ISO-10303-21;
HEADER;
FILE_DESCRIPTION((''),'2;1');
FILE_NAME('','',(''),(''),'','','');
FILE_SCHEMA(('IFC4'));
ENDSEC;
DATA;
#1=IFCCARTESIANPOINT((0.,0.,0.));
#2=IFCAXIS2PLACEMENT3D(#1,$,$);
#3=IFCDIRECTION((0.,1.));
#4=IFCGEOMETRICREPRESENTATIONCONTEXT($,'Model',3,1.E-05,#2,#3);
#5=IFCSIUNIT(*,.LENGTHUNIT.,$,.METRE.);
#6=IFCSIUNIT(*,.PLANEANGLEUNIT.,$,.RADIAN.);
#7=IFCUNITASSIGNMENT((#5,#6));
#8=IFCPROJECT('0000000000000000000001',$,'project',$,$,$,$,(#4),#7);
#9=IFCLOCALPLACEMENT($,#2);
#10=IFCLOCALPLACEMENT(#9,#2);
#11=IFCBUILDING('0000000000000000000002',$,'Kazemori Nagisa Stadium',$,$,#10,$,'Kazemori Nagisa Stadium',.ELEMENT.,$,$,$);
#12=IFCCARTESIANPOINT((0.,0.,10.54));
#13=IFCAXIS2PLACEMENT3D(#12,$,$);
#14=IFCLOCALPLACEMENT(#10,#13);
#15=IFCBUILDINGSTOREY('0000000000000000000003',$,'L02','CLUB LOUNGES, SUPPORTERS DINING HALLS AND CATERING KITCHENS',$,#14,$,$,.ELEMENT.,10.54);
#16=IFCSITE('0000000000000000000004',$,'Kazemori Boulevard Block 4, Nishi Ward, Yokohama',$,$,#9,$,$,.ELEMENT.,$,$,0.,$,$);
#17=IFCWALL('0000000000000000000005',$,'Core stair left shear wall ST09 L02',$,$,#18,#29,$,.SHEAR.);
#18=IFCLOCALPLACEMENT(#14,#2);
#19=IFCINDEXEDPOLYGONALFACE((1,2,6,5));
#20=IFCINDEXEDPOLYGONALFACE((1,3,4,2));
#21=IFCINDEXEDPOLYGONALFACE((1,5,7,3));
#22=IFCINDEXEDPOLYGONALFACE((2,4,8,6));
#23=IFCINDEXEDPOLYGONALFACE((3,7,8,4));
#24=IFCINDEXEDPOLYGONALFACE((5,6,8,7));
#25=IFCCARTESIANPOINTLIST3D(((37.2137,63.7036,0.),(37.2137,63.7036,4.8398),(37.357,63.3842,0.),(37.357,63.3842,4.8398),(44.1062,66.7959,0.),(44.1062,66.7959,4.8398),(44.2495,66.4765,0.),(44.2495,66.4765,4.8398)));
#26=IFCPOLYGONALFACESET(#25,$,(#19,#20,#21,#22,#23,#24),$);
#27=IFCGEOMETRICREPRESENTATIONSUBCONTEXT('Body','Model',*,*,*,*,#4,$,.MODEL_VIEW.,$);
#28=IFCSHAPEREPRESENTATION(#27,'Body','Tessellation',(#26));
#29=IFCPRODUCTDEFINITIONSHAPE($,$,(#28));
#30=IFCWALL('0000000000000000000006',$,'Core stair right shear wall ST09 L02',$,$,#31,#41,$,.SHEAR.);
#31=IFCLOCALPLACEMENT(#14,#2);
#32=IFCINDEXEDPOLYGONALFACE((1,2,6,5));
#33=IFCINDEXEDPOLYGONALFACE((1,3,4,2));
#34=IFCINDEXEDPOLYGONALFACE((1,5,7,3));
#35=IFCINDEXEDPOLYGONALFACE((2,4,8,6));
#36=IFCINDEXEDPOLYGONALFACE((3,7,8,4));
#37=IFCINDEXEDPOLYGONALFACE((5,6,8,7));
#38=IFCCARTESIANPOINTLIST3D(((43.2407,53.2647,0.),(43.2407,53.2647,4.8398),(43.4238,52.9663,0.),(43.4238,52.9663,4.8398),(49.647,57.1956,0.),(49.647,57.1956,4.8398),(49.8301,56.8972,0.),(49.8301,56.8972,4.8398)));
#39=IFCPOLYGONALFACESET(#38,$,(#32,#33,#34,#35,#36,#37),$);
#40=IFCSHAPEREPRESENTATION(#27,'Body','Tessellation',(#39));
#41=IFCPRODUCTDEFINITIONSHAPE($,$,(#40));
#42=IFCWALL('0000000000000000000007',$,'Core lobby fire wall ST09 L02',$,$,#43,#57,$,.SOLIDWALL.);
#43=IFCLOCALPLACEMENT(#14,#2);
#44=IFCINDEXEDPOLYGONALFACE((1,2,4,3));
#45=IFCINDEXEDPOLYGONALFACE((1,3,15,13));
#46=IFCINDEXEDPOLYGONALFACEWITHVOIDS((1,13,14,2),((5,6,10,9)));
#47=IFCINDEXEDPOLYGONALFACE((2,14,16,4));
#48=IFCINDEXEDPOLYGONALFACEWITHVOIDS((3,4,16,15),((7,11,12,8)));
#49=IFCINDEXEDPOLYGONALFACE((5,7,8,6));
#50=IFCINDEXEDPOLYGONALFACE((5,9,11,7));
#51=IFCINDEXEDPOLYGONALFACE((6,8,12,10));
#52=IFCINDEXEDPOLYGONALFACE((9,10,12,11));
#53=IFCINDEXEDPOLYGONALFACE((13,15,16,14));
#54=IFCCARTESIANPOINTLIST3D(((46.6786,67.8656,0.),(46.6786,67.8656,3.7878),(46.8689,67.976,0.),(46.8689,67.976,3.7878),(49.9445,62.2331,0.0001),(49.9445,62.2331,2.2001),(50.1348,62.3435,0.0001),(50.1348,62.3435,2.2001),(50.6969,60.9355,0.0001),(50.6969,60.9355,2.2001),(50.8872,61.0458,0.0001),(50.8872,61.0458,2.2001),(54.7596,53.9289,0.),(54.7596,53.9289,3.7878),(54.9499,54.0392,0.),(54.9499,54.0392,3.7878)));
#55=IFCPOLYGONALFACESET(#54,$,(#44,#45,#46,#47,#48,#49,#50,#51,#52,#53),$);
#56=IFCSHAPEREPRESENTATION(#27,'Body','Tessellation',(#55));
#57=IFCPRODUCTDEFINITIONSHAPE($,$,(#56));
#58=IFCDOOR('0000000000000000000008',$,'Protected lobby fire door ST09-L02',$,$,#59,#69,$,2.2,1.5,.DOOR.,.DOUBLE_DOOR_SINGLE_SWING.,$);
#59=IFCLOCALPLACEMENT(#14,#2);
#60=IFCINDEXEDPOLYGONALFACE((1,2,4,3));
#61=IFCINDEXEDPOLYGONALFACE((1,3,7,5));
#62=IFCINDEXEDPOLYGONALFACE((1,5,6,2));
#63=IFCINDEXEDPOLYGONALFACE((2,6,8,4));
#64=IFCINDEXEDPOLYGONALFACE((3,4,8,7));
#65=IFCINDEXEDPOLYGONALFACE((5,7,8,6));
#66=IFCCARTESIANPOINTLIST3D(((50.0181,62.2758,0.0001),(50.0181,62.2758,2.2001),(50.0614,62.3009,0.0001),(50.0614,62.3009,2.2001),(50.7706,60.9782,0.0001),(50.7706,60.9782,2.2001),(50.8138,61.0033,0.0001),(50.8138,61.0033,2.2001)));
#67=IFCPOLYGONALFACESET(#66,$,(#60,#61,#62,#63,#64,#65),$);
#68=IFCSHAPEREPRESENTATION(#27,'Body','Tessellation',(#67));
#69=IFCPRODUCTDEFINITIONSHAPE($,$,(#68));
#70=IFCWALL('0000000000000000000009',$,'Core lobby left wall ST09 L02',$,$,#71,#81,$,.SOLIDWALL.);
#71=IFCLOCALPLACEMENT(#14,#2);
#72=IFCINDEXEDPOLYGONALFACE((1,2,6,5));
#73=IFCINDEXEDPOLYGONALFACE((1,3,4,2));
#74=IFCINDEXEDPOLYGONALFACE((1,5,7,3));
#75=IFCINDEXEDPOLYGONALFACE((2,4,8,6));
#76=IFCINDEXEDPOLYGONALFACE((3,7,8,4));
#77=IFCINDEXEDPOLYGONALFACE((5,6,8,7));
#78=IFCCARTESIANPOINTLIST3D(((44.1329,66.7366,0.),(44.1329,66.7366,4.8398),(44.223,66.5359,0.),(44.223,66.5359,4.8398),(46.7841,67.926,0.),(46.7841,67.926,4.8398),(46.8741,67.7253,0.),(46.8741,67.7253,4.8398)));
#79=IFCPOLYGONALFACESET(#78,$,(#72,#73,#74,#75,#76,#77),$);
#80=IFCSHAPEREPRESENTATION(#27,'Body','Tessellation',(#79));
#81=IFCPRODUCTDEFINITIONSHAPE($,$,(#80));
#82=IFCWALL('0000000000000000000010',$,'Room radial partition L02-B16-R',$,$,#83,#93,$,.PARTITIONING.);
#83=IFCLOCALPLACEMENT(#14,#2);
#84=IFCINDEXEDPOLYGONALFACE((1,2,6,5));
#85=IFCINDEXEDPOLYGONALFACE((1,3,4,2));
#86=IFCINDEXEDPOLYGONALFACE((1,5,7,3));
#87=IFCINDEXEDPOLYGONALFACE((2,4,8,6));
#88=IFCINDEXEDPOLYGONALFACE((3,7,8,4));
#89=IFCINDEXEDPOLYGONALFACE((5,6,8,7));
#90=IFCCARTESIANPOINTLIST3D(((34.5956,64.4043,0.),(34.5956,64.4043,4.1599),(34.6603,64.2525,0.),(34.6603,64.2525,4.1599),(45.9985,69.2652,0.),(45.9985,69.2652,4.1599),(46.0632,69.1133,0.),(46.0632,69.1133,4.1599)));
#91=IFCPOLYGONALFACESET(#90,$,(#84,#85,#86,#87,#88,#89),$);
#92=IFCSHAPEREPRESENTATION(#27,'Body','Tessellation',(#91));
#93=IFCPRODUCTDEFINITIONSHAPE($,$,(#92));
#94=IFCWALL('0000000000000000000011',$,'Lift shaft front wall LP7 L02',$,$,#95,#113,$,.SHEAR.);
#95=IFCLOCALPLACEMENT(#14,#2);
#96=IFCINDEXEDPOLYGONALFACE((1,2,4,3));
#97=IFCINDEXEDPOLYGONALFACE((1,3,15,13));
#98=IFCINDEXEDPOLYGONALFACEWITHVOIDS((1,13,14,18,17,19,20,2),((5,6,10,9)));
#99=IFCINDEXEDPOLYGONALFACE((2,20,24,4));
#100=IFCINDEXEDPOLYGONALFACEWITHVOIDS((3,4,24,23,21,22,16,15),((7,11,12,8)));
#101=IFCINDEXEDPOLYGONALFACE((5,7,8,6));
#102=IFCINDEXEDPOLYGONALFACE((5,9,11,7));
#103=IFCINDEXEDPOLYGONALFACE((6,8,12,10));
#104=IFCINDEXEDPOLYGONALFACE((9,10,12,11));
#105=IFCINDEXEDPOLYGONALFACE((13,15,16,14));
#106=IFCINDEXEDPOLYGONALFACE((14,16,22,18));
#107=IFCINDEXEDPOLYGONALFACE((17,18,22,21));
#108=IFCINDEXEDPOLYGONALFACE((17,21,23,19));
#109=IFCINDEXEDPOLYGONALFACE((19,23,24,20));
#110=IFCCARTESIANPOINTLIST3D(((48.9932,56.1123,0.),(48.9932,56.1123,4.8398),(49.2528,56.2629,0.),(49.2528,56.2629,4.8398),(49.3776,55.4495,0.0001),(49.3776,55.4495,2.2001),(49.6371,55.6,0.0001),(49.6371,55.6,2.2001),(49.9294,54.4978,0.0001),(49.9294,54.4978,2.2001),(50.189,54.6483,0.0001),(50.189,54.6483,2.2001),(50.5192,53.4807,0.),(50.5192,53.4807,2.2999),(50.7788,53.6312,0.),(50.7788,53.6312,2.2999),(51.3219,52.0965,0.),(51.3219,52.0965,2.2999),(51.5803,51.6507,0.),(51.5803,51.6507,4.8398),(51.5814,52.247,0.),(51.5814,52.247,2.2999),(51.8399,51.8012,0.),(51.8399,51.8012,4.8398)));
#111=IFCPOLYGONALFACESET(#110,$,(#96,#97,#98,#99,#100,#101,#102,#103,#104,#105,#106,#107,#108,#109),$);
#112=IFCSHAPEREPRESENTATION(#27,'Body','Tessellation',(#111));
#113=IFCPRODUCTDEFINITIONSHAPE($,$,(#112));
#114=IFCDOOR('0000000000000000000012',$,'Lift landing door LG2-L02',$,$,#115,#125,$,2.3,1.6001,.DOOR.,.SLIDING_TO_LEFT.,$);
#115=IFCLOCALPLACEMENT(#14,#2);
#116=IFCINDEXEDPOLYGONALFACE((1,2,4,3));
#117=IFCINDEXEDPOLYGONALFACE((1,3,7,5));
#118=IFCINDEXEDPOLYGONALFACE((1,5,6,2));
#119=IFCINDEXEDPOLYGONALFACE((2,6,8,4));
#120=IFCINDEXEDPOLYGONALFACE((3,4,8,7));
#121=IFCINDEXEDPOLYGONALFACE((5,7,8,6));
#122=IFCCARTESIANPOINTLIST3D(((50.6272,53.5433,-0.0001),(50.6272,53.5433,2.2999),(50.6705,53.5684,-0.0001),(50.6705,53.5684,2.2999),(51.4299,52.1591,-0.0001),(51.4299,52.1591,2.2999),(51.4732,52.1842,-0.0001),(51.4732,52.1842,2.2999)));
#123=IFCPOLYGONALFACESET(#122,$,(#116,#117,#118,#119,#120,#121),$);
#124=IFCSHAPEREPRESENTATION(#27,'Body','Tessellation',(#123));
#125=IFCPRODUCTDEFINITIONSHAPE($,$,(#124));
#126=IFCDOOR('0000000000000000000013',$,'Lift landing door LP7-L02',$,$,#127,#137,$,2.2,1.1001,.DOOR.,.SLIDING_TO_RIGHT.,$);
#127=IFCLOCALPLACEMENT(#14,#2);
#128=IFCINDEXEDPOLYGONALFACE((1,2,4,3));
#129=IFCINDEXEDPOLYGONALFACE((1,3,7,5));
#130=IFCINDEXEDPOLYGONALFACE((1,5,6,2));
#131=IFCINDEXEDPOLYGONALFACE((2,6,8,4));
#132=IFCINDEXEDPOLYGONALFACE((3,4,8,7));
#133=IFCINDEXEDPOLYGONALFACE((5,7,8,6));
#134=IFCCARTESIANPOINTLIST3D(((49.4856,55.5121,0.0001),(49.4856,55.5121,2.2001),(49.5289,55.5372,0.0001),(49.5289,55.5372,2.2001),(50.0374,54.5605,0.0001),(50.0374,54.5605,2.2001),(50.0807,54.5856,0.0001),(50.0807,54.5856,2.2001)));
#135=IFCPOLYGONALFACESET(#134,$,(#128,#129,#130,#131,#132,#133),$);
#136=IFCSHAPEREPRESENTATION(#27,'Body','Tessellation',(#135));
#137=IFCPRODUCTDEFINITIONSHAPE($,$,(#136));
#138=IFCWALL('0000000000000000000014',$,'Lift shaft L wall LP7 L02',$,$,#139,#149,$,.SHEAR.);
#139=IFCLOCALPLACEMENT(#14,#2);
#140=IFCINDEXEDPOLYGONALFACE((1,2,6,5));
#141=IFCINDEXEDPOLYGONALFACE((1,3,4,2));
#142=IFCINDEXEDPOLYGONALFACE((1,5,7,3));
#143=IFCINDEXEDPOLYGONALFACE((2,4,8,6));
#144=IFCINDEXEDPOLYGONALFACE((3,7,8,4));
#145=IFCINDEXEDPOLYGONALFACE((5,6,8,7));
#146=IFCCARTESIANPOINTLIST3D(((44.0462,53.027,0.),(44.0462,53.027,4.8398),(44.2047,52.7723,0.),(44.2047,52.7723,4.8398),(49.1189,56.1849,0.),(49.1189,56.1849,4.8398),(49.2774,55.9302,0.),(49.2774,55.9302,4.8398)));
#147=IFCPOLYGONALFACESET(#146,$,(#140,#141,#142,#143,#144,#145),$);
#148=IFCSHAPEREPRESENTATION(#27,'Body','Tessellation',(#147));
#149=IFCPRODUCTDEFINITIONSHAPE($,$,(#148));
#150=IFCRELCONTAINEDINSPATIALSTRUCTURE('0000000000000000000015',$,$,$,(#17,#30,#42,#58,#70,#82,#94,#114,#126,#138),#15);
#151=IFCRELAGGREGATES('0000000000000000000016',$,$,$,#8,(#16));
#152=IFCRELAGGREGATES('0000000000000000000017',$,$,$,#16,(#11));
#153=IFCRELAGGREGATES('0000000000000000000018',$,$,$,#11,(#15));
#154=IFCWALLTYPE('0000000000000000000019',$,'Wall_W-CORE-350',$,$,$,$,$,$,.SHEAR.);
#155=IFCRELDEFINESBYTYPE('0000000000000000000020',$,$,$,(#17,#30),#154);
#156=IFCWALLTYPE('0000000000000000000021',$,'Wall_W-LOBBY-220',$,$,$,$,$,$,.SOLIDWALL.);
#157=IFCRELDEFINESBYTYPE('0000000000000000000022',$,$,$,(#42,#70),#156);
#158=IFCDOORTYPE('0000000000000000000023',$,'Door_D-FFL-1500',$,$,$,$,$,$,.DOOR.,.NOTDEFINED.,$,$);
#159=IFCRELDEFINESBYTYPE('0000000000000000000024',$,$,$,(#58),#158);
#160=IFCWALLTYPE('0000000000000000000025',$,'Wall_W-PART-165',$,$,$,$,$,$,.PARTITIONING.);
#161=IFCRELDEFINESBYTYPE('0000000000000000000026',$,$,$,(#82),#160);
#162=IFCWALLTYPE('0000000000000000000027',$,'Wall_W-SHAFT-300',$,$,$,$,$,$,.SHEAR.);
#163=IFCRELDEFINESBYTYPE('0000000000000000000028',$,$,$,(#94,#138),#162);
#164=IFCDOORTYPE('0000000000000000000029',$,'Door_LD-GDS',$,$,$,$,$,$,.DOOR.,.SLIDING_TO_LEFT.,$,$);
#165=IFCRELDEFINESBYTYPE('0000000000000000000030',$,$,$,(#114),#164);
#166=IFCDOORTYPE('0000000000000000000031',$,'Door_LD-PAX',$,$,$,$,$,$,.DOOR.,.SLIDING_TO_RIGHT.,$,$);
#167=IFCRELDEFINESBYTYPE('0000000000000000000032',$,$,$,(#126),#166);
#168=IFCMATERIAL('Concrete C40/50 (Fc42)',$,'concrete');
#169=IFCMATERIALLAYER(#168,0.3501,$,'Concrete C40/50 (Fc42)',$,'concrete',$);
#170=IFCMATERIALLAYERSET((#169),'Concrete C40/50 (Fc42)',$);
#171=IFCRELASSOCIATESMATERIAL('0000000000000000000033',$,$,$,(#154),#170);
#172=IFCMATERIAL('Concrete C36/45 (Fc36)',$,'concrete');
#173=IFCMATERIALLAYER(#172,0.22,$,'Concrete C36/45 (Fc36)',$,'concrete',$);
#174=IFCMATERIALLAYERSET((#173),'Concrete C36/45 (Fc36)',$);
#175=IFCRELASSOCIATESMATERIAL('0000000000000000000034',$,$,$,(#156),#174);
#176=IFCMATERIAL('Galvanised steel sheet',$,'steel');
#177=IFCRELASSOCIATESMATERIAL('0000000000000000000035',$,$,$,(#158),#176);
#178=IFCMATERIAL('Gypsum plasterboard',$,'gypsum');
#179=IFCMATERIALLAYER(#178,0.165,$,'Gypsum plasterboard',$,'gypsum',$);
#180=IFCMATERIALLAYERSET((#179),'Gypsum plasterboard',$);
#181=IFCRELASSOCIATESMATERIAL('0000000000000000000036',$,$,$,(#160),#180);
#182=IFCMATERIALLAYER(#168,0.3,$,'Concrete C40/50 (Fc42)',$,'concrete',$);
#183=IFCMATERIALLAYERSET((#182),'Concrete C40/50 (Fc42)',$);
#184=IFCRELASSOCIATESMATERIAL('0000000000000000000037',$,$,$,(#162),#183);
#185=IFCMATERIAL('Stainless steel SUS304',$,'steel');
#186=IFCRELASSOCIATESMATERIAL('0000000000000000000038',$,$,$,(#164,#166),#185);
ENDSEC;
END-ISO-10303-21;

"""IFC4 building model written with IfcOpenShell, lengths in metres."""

from ifc_helpers import new_model, si_unit, direction, frame, frame_2d, origin, place, context, subcontext, project, spatial, rectangle, extrude, material, layer, layer_set, type_object, element, fill, save


model = new_model("IFC4")

# Units and contexts
model_context = context("Model", 3, precision=1e-05, world=origin(), true_north=direction((0.0, 1.0)))
body_context = subcontext(model_context, "Body", "Model", "MODEL_VIEW")
ifc_project = project(units=[si_unit("LENGTHUNIT", "METRE"), si_unit("PLANEANGLEUNIT", "RADIAN")], contexts=[model_context])

# Site, building, storey
site_placement = place(None, origin())
site = spatial("IfcSite", under=ifc_project, at=site_placement, Name="Kazemori Boulevard Block 4, Nishi Ward, Yokohama", CompositionType="ELEMENT", RefElevation=0.0)
building_placement = place(site_placement, origin())
building = spatial("IfcBuilding", under=site, at=building_placement, Name="Kazemori Nagisa Stadium", LongName="Kazemori Nagisa Stadium", CompositionType="ELEMENT")
storey_placement = place(building_placement, frame((0.0, 0.0, 10.54)))
storey = spatial("IfcBuildingStorey", under=building, at=storey_placement, Name="L02", Description="CLUB LOUNGES, SUPPORTERS DINING HALLS AND CATERING KITCHENS", CompositionType="ELEMENT", Elevation=10.54)

# Shared definitions
ifc_material_1 = material(Name="Concrete C40/50 (Fc42)", Category="concrete")

# Shared definitions
ifc_layer_1 = layer(ifc_material_1, 0.3501, Name="Concrete C40/50 (Fc42)", Category="concrete")
ifc_layer_set_1 = layer_set([ifc_layer_1], Name="Concrete C40/50 (Fc42)")
wall_type_1 = type_object("IfcWallType", Name="Wall_W-CORE-350", PredefinedType="SHEAR", material=ifc_layer_set_1)
ifc_material_2 = material(Name="Galvanised steel sheet", Category="steel")

# Walls
wall_1_placement = place(storey_placement, frame((44.178, 66.6362, 0.0), z_axis=(0.0, 0.0, 1.0), x_axis=(-0.912385, -0.409332, 0.0)))
element("IfcWall", 1, at=wall_1_placement, inside=storey, type_object=wall_type_1, Name="Core stair left shear wall ST09 L02", PredefinedType="SHEAR", context=body_context, shape_type="SweptSolid", body=[
    extrude(rectangle(XDim=7.5544, YDim=0.3501, at=frame_2d((3.7773, 0.0))), origin(), (0.0, 0.0, 1.0), 4.8398),
])
wall_2_placement = place(storey_placement, frame((49.7385, 57.0464, 0.0), z_axis=(0.0, 0.0, 1.0), x_axis=(-0.852335, -0.522997, 0.0)))
element("IfcWall", 2, at=wall_2_placement, inside=storey, type_object=wall_type_1, Name="Core stair right shear wall ST09 L02", PredefinedType="SHEAR", context=body_context, shape_type="SweptSolid", body=[
    extrude(rectangle(XDim=7.5161, YDim=0.3501, at=frame_2d((3.7581, 0.0))), origin(), (0.0, 0.0, 1.0), 4.8398),
])

# Wall, opening, door
ifc_material_3 = material(Name="Concrete C36/45 (Fc36)", Category="concrete")
ifc_layer_2 = layer(ifc_material_3, 0.22, Name="Concrete C36/45 (Fc36)", Category="concrete")
ifc_layer_set_2 = layer_set([ifc_layer_2], Name="Concrete C36/45 (Fc36)")
wall_type_2 = type_object("IfcWallType", Name="Wall_W-LOBBY-220", PredefinedType="SOLIDWALL", material=ifc_layer_set_2)
wall_3_placement = place(storey_placement, frame((46.7737, 67.9209, 0.0), z_axis=(0.0, 0.0, 1.0), x_axis=(0.501613, -0.865092, 0.0)))
wall_3 = element("IfcWall", 3, at=wall_3_placement, inside=storey, type_object=wall_type_2, Name="Core lobby fire wall ST09 L02", PredefinedType="SOLIDWALL", context=body_context, shape_type="SweptSolid", body=[
    extrude(rectangle(XDim=16.1101, YDim=0.22, at=frame_2d((8.0552, 0.0))), origin(), (0.0, 0.0, 1.0), 3.7878),
])
opening_1_placement = place(wall_3_placement, frame((6.511, 0.0, 0.0)))
opening_1 = element("IfcOpeningElement", 4, at=opening_1_placement, cuts=wall_3, PredefinedType="OPENING", context=body_context, shape_type="SweptSolid", body=[
    extrude(rectangle(XDim=1.5, YDim=2.2, at=frame_2d((0.75, 1.1001))), frame((0.0, 0.1199, 0.0), z_axis=(0.0, -1.0, 0.0), x_axis=(1.0, 0.0, 0.0)), (0.0, 0.0, 1.0), 0.24),
])
door_type_1 = type_object("IfcDoorType", Name="Door_D-FFL-1500", OperationType="NOTDEFINED", PredefinedType="DOOR", material=ifc_material_2)
door_1_placement = place(opening_1_placement, frame((1.5, 0.0, 0.0), z_axis=(0.0, 0.0, 1.0), x_axis=(-1.0, 0.0, 0.0)))
door_1 = element("IfcDoor", 5, at=door_1_placement, inside=storey, type_object=door_type_1, Name="Protected lobby fire door ST09-L02", OperationType="DOUBLE_DOOR_SINGLE_SWING", OverallHeight=2.2, OverallWidth=1.5, PredefinedType="DOOR", context=body_context, shape_type="SweptSolid", body=[
    extrude(rectangle(XDim=1.5, YDim=2.2, at=frame_2d((0.75, 1.1001))), frame((0.0, 0.0249, 0.0), z_axis=(0.0, -1.0, 0.0), x_axis=(1.0, 0.0, 0.0)), (0.0, 0.0, 1.0), 0.05),
])
fill(opening_1, door_1)

# Walls
wall_4_placement = place(storey_placement, frame((46.8291, 67.8257, 0.0), z_axis=(0.0, 0.0, 1.0), x_axis=(-0.912378, -0.409348, 0.0)))
element("IfcWall", 6, at=wall_4_placement, inside=storey, type_object=wall_type_2, Name="Core lobby left wall ST09 L02", PredefinedType="SOLIDWALL", context=body_context, shape_type="SweptSolid", body=[
    extrude(rectangle(XDim=2.9058, YDim=0.22, at=frame_2d((1.4529, 0.0))), origin(), (0.0, 0.0, 1.0), 4.8398),
])
ifc_material_4 = material(Name="Gypsum plasterboard", Category="gypsum")
ifc_layer_3 = layer(ifc_material_4, 0.165, Name="Gypsum plasterboard", Category="gypsum")
ifc_layer_set_3 = layer_set([ifc_layer_3], Name="Gypsum plasterboard")
wall_type_3 = type_object("IfcWallType", Name="Wall_W-PART-165", PredefinedType="PARTITIONING", material=ifc_layer_set_3)
wall_5_placement = place(storey_placement, frame((46.0308, 69.1892, 0.0), z_axis=(0.0, 0.0, 1.0), x_axis=(-0.919905, -0.392141, 0.0)))
element("IfcWall", 7, at=wall_5_placement, inside=storey, type_object=wall_type_3, Name="Room radial partition L02-B16-R", PredefinedType="PARTITIONING", context=body_context, shape_type="SweptSolid", body=[
    extrude(rectangle(XDim=12.3958, YDim=0.165, at=frame_2d((6.1978, 0.0))), origin(), (0.0, 0.0, 1.0), 4.1599),
])

# Wall, openings, doors
ifc_layer_4 = layer(ifc_material_1, 0.3, Name="Concrete C40/50 (Fc42)", Category="concrete")
ifc_layer_set_4 = layer_set([ifc_layer_4], Name="Concrete C40/50 (Fc42)")
wall_type_4 = type_object("IfcWallType", Name="Wall_W-SHAFT-300", PredefinedType="SHEAR", material=ifc_layer_set_4)
wall_6_placement = place(storey_placement, frame((49.123, 56.1875, 0.0), z_axis=(0.0, 0.0, 1.0), x_axis=(0.50163, -0.865083, 0.0)))
wall_6 = element("IfcWall", 8, at=wall_6_placement, inside=storey, type_object=wall_type_4, Name="Lift shaft front wall LP7 L02", PredefinedType="SHEAR", context=body_context, shape_type="SweptSolid", body=[
    extrude(rectangle(XDim=5.1575, YDim=0.3, at=frame_2d((2.5786, 0.0))), origin(), (0.0, 0.0, 1.0), 4.8398),
])
opening_2_placement = place(wall_6_placement, frame((0.7661, 0.0, 0.0)))
opening_2 = element("IfcOpeningElement", 9, at=opening_2_placement, cuts=wall_6, PredefinedType="OPENING", context=body_context, shape_type="SweptSolid", body=[
    extrude(rectangle(XDim=1.1001, YDim=2.2, at=frame_2d((0.55, 1.1001))), frame((0.0, 0.1599, 0.0), z_axis=(0.0, -1.0, 0.0), x_axis=(1.0, 0.0, 0.0)), (0.0, 0.0, 1.0), 0.3201),
])
opening_3_placement = place(wall_6_placement, frame((3.042, 0.0, 0.0)))
opening_3 = element("IfcOpeningElement", 10, at=opening_3_placement, cuts=wall_6, PredefinedType="OPENING", context=body_context, shape_type="SweptSolid", body=[
    extrude(rectangle(XDim=1.6001, YDim=2.3, at=frame_2d((0.8, 1.1499))), frame((0.0, 0.1599, 0.0), z_axis=(0.0, -1.0, 0.0), x_axis=(1.0, 0.0, 0.0)), (0.0, 0.0, 1.0), 0.3201),
])
ifc_material_5 = material(Name="Stainless steel SUS304", Category="steel")
door_type_2 = type_object("IfcDoorType", Name="Door_LD-GDS", OperationType="SLIDING_TO_LEFT", PredefinedType="DOOR", material=ifc_material_5)
door_2_placement = place(opening_3_placement, origin())
door_2 = element("IfcDoor", 11, at=door_2_placement, inside=storey, type_object=door_type_2, Name="Lift landing door LG2-L02", OperationType="SLIDING_TO_LEFT", OverallHeight=2.3, OverallWidth=1.6001, PredefinedType="DOOR", context=body_context, shape_type="SweptSolid", body=[
    extrude(rectangle(XDim=1.6001, YDim=2.3, at=frame_2d((0.8, 1.1499))), frame((0.0, 0.0249, 0.0), z_axis=(0.0, -1.0, 0.0), x_axis=(1.0, 0.0, 0.0)), (0.0, 0.0, 1.0), 0.05),
])
fill(opening_3, door_2)
door_type_3 = type_object("IfcDoorType", Name="Door_LD-PAX", OperationType="SLIDING_TO_RIGHT", PredefinedType="DOOR", material=ifc_material_5)
door_3_placement = place(opening_2_placement, origin())
door_3 = element("IfcDoor", 12, at=door_3_placement, inside=storey, type_object=door_type_3, Name="Lift landing door LP7-L02", OperationType="SLIDING_TO_RIGHT", OverallHeight=2.2, OverallWidth=1.1001, PredefinedType="DOOR", context=body_context, shape_type="SweptSolid", body=[
    extrude(rectangle(XDim=1.1001, YDim=2.2, at=frame_2d((0.55, 1.1001))), frame((0.0, 0.0249, 0.0), z_axis=(0.0, -1.0, 0.0), x_axis=(1.0, 0.0, 0.0)), (0.0, 0.0, 1.0), 0.05),
])
fill(opening_2, door_3)

# Wall
wall_7_placement = place(storey_placement, frame((49.1982, 56.0576, 0.0), z_axis=(0.0, 0.0, 1.0), x_axis=(-0.848938, -0.528492, 0.0)))
element("IfcWall", 13, at=wall_7_placement, inside=storey, type_object=wall_type_4, Name="Lift shaft L wall LP7 L02", PredefinedType="SHEAR", context=body_context, shape_type="SweptSolid", body=[
    extrude(rectangle(XDim=5.9753, YDim=0.3, at=frame_2d((2.9878, 0.0))), origin(), (0.0, 0.0, 1.0), 4.8398),
])

save(model, "model.ifc")
